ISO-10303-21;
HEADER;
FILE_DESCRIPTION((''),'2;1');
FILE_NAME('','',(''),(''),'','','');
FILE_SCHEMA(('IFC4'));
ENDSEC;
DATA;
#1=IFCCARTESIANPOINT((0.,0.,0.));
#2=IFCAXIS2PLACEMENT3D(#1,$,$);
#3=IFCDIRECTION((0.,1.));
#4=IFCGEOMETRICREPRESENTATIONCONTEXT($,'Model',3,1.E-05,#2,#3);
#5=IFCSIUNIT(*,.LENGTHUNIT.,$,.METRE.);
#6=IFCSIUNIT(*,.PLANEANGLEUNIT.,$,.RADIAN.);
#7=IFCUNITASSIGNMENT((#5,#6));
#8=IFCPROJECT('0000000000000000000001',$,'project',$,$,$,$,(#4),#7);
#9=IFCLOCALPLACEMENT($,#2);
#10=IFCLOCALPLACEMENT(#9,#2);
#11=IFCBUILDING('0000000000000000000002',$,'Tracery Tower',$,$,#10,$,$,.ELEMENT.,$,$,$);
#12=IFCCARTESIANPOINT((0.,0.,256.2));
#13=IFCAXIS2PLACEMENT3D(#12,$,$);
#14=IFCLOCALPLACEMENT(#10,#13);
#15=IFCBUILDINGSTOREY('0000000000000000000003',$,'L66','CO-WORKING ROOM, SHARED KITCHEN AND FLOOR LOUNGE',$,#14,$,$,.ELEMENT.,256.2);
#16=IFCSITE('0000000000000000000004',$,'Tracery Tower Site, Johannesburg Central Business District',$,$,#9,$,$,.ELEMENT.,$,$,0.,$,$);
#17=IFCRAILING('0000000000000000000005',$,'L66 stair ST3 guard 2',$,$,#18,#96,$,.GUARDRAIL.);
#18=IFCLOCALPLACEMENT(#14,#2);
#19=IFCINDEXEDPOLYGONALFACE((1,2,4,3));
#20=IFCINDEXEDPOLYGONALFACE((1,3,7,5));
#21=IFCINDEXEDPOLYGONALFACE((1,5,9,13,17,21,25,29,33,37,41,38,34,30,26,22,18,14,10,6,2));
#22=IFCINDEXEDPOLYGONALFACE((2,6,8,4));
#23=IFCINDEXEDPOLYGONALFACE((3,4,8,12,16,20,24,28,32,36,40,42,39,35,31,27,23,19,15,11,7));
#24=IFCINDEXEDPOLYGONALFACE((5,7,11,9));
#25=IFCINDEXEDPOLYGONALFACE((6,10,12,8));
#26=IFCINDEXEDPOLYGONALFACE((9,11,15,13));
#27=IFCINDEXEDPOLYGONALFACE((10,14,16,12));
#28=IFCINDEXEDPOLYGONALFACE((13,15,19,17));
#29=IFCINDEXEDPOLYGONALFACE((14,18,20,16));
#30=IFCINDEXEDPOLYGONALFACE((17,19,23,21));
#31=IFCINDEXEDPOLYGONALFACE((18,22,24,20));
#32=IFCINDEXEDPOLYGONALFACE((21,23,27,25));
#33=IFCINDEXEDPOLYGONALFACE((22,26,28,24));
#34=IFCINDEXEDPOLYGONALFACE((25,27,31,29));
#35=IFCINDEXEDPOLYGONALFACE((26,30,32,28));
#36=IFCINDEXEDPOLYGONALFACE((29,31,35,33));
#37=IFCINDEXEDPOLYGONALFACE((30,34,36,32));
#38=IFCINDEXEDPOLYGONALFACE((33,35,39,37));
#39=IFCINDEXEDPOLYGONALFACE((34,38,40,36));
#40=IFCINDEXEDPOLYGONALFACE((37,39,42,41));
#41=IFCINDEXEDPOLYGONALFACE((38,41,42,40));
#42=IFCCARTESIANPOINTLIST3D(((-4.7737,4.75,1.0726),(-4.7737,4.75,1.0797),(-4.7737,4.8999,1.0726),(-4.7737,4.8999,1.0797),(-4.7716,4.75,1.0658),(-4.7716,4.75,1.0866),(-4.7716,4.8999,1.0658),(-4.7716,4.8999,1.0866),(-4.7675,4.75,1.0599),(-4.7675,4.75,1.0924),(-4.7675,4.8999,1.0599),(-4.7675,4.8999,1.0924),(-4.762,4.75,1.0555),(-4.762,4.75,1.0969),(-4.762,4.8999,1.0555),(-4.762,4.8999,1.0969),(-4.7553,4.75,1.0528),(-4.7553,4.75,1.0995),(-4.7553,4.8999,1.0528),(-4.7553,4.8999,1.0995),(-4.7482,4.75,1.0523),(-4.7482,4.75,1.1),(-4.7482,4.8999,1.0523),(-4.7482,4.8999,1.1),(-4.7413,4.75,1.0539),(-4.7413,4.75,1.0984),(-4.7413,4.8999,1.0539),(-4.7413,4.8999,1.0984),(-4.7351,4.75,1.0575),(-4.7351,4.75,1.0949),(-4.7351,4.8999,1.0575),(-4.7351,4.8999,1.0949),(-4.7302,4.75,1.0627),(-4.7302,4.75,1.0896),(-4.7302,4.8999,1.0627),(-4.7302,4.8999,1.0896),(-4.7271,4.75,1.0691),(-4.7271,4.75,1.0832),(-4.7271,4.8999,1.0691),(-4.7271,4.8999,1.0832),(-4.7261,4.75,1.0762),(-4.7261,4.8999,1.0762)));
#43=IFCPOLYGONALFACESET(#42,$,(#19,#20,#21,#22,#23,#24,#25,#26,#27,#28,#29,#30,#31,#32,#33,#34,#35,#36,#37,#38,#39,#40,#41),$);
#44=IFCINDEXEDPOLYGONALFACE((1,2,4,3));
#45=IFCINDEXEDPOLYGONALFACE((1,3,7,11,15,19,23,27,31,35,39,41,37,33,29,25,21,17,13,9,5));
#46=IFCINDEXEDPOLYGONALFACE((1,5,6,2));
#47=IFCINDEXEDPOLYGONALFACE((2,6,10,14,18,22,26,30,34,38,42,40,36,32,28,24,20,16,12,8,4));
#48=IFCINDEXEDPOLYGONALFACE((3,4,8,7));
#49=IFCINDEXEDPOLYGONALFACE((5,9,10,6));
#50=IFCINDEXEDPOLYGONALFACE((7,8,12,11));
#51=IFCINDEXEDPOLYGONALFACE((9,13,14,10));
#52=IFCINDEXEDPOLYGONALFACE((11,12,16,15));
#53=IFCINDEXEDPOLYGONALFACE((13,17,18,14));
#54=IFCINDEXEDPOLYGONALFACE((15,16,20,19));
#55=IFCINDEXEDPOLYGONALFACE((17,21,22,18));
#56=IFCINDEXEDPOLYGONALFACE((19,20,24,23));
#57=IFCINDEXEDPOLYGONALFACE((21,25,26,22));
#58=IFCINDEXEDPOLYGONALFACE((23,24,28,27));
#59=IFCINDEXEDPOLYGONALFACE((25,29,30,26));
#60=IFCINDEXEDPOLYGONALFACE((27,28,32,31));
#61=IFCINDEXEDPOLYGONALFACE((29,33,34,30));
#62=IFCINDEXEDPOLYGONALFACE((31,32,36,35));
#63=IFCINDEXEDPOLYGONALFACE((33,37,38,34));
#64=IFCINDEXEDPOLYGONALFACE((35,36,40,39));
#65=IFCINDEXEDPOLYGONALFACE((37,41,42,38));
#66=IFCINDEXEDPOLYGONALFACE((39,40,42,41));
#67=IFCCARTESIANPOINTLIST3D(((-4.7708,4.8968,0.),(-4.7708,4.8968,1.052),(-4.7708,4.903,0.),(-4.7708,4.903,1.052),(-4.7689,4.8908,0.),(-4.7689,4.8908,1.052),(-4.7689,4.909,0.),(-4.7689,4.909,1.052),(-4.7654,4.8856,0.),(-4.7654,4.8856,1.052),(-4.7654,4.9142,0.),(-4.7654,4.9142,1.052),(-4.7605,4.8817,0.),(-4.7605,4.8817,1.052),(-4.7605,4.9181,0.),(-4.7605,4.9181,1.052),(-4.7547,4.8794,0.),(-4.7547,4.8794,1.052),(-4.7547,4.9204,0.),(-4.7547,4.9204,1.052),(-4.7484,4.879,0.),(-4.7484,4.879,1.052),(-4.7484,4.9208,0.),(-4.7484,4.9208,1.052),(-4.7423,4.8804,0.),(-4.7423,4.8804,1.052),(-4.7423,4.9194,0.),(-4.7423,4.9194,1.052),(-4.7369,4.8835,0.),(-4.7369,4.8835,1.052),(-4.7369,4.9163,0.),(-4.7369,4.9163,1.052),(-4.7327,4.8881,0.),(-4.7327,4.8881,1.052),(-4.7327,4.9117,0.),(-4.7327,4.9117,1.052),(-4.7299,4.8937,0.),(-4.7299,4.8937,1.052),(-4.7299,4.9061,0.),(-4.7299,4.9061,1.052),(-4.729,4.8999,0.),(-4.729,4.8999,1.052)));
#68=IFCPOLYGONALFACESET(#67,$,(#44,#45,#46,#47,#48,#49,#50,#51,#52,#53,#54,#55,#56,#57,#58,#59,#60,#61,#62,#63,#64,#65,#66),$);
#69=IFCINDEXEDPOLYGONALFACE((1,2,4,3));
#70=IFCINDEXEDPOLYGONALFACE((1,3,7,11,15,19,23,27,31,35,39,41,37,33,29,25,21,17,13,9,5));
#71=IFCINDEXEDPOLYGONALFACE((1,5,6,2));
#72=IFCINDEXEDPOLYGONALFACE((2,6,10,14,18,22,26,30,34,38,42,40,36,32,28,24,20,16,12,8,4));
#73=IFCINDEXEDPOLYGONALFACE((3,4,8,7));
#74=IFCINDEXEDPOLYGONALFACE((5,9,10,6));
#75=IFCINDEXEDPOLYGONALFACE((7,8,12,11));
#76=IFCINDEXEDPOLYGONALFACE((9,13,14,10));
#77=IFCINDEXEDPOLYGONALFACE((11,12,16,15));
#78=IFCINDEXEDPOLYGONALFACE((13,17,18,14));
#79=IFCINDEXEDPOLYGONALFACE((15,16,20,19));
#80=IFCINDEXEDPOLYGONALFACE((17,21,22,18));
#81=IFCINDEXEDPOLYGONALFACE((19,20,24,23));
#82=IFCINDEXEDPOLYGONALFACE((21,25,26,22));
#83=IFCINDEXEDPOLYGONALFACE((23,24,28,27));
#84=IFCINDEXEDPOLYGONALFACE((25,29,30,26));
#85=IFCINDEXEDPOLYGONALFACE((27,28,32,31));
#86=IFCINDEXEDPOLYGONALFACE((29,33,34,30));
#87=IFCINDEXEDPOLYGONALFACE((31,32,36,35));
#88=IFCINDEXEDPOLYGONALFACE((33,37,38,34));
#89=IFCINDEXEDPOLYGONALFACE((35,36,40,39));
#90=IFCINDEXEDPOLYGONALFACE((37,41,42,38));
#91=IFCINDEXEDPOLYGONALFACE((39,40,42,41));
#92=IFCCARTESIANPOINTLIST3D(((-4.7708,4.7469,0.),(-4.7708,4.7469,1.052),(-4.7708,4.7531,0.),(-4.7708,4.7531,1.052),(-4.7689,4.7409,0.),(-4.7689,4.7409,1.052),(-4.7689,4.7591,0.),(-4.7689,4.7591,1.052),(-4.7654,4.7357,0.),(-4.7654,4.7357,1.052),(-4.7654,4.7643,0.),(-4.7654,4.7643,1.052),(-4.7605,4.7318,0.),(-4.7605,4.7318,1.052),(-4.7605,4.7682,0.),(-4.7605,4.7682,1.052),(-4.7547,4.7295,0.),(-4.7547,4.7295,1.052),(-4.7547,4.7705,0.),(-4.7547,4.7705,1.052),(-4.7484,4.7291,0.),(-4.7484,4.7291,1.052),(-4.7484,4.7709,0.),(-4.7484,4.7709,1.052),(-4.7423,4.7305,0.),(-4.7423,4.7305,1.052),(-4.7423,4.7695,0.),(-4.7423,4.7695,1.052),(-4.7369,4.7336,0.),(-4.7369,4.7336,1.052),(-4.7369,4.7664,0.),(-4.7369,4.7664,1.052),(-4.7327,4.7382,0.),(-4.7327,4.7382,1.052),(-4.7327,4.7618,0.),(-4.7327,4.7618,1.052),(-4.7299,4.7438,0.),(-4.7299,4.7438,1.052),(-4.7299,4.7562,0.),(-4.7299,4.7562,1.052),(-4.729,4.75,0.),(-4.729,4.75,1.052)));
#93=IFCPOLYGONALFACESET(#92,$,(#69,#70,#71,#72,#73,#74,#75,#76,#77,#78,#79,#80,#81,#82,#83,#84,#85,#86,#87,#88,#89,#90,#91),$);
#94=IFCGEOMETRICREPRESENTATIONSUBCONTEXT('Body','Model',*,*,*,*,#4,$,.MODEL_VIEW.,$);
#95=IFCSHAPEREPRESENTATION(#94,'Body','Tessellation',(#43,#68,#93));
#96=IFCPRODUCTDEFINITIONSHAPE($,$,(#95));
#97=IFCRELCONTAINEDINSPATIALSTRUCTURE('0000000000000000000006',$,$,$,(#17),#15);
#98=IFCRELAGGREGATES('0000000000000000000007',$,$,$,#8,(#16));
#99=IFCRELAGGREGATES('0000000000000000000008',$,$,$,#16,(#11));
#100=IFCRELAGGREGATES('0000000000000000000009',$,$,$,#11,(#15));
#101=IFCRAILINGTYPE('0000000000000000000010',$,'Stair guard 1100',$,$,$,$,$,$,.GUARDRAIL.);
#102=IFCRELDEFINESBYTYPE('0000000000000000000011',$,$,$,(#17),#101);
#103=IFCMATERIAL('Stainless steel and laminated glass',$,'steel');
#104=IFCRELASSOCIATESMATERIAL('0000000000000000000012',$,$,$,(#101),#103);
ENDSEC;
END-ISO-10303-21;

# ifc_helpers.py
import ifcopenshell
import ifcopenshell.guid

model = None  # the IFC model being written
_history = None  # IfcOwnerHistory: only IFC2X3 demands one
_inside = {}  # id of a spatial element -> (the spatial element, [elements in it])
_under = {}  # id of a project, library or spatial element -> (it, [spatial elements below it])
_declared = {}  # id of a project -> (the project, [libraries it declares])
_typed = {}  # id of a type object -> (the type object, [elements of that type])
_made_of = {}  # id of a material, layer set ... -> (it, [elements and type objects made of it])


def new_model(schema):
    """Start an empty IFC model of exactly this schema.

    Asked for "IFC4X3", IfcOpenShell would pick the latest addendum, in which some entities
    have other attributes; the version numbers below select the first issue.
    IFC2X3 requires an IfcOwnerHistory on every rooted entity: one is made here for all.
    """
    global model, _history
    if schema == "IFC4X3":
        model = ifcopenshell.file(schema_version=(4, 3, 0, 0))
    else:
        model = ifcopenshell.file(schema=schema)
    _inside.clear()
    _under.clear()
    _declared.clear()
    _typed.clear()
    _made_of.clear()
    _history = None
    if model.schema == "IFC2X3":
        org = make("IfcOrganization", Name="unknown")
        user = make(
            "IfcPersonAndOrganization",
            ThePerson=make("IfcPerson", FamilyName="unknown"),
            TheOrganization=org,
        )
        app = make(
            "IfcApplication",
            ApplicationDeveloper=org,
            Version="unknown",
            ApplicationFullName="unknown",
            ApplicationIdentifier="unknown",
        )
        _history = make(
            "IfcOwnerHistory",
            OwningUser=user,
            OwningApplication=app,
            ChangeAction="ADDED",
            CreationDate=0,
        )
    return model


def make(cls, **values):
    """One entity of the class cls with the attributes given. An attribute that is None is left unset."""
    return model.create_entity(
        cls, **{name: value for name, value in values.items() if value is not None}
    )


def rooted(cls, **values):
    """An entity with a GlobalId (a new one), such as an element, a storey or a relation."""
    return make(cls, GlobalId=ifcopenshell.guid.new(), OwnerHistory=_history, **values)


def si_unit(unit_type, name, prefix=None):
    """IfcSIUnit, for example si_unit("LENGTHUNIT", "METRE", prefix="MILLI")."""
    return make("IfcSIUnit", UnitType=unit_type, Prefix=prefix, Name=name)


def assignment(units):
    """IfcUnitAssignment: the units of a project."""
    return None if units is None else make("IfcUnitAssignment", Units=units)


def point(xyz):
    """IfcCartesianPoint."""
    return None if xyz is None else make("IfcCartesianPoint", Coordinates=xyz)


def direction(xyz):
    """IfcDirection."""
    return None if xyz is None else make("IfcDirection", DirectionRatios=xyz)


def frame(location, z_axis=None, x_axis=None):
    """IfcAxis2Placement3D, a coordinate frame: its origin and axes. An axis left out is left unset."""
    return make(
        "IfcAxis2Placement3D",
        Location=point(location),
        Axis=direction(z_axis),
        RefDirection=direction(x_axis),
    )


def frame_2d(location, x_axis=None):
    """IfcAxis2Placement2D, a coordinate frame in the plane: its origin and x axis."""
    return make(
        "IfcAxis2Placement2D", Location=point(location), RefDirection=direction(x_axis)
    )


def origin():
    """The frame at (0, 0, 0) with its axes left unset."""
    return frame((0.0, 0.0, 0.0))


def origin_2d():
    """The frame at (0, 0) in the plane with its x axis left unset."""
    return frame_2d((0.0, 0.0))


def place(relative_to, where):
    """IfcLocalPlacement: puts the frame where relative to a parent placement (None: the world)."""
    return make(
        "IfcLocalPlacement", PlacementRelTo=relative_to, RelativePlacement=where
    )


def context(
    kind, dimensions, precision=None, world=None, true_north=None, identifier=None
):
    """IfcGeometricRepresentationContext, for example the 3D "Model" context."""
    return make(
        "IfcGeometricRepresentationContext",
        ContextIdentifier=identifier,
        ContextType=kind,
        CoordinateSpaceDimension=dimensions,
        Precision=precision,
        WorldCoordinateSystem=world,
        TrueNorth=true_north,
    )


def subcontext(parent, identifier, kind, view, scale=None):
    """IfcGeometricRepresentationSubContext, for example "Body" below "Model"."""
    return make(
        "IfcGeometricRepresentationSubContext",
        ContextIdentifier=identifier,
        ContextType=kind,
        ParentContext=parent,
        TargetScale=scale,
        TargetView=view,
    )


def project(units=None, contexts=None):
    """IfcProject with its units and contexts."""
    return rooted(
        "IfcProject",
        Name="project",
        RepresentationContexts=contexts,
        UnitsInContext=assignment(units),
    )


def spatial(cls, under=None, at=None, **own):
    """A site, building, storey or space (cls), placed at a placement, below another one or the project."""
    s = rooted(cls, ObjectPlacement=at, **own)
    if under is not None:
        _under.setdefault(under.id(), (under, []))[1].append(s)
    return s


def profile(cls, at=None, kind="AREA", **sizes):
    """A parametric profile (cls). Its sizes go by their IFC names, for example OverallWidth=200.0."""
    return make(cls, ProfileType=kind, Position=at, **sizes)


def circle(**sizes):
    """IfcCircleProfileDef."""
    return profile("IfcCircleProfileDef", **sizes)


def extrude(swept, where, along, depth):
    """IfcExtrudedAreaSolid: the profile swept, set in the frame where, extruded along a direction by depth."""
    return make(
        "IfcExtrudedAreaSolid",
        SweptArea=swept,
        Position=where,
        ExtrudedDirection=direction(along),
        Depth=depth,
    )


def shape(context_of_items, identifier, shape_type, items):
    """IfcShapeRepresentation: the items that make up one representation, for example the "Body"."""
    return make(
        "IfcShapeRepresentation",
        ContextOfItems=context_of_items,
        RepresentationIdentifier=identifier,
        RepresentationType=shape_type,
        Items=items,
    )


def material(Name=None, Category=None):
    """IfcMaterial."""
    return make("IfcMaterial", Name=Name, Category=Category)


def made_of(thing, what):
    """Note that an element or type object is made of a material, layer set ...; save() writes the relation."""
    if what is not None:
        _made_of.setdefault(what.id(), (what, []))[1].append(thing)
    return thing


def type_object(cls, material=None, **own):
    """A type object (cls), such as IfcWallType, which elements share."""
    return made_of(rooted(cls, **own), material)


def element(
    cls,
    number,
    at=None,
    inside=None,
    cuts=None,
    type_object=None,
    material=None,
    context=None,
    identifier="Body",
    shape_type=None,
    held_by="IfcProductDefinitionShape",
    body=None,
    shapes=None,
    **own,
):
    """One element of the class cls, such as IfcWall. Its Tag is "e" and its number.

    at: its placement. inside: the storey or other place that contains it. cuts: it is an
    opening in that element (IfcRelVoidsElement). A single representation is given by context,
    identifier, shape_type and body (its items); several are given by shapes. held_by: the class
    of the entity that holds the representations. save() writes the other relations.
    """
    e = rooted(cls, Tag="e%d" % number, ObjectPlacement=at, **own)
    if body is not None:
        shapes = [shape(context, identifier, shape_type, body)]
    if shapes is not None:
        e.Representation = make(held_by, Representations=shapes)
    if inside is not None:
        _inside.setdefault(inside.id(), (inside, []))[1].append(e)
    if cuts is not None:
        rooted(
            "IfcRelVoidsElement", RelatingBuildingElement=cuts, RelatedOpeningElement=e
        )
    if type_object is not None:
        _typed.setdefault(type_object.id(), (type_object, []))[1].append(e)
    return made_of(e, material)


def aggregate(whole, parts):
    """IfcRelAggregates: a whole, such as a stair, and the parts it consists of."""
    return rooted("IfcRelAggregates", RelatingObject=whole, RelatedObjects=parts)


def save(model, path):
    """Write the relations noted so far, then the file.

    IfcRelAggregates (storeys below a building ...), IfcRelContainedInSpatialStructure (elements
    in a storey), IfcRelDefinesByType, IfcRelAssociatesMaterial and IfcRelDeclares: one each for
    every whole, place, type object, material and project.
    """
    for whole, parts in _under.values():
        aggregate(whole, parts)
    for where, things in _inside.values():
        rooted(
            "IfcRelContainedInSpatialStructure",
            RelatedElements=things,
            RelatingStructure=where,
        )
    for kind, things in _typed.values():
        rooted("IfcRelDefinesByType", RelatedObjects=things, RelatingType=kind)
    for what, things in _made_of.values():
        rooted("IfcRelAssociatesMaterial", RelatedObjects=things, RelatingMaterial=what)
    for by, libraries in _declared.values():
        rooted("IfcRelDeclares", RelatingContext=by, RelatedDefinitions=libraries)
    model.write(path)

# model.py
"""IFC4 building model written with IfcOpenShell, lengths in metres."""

from ifc_helpers import new_model, si_unit, direction, frame, origin, origin_2d, place, context, subcontext, project, spatial, circle, extrude, material, type_object, element, save


model = new_model("IFC4")

# Units and contexts
model_context = context("Model", 3, precision=1e-05, world=origin(), true_north=direction((0.0, 1.0)))
body_context = subcontext(model_context, "Body", "Model", "MODEL_VIEW")
ifc_project = project(units=[si_unit("LENGTHUNIT", "METRE"), si_unit("PLANEANGLEUNIT", "RADIAN")], contexts=[model_context])

# Site, building, storey
site_placement = place(None, origin())
site = spatial("IfcSite", under=ifc_project, at=site_placement, Name="Tracery Tower Site, Johannesburg Central Business District", CompositionType="ELEMENT", RefElevation=0.0)
building_placement = place(site_placement, origin())
building = spatial("IfcBuilding", under=site, at=building_placement, Name="Tracery Tower", CompositionType="ELEMENT")
storey_placement = place(building_placement, frame((0.0, 0.0, 256.2)))
storey = spatial("IfcBuildingStorey", under=building, at=storey_placement, Name="L66", Description="CO-WORKING ROOM, SHARED KITCHEN AND FLOOR LOUNGE", CompositionType="ELEMENT", Elevation=256.2)

# Railing
ifc_material_1 = material(Name="Stainless steel and laminated glass", Category="steel")
railing_type_1 = type_object("IfcRailingType", Name="Stair guard 1100", PredefinedType="GUARDRAIL", material=ifc_material_1)
railing_1_placement = place(storey_placement, frame((-4.75, 4.8999, 0.0)))
element("IfcRailing", 1, at=railing_1_placement, inside=storey, type_object=railing_type_1, Name="L66 stair ST3 guard 2", PredefinedType="GUARDRAIL", context=body_context, shape_type="SweptSolid", body=[
    extrude(circle(Radius=0.0239, at=origin_2d()), frame((0.0, 0.0, 1.0762), z_axis=(0.0, -1.0, 0.0), x_axis=(1.0, 0.0, 0.0)), (0.0, 0.0, 1.0), 0.1499),
    extrude(circle(Radius=0.021, at=origin_2d()), origin(), (0.0, 0.0, 1.0), 1.052),
    extrude(circle(Radius=0.021, at=origin_2d()), frame((0.0, -0.1499, 0.0)), (0.0, 0.0, 1.0), 1.052),
])

save(model, "model.ifc")
